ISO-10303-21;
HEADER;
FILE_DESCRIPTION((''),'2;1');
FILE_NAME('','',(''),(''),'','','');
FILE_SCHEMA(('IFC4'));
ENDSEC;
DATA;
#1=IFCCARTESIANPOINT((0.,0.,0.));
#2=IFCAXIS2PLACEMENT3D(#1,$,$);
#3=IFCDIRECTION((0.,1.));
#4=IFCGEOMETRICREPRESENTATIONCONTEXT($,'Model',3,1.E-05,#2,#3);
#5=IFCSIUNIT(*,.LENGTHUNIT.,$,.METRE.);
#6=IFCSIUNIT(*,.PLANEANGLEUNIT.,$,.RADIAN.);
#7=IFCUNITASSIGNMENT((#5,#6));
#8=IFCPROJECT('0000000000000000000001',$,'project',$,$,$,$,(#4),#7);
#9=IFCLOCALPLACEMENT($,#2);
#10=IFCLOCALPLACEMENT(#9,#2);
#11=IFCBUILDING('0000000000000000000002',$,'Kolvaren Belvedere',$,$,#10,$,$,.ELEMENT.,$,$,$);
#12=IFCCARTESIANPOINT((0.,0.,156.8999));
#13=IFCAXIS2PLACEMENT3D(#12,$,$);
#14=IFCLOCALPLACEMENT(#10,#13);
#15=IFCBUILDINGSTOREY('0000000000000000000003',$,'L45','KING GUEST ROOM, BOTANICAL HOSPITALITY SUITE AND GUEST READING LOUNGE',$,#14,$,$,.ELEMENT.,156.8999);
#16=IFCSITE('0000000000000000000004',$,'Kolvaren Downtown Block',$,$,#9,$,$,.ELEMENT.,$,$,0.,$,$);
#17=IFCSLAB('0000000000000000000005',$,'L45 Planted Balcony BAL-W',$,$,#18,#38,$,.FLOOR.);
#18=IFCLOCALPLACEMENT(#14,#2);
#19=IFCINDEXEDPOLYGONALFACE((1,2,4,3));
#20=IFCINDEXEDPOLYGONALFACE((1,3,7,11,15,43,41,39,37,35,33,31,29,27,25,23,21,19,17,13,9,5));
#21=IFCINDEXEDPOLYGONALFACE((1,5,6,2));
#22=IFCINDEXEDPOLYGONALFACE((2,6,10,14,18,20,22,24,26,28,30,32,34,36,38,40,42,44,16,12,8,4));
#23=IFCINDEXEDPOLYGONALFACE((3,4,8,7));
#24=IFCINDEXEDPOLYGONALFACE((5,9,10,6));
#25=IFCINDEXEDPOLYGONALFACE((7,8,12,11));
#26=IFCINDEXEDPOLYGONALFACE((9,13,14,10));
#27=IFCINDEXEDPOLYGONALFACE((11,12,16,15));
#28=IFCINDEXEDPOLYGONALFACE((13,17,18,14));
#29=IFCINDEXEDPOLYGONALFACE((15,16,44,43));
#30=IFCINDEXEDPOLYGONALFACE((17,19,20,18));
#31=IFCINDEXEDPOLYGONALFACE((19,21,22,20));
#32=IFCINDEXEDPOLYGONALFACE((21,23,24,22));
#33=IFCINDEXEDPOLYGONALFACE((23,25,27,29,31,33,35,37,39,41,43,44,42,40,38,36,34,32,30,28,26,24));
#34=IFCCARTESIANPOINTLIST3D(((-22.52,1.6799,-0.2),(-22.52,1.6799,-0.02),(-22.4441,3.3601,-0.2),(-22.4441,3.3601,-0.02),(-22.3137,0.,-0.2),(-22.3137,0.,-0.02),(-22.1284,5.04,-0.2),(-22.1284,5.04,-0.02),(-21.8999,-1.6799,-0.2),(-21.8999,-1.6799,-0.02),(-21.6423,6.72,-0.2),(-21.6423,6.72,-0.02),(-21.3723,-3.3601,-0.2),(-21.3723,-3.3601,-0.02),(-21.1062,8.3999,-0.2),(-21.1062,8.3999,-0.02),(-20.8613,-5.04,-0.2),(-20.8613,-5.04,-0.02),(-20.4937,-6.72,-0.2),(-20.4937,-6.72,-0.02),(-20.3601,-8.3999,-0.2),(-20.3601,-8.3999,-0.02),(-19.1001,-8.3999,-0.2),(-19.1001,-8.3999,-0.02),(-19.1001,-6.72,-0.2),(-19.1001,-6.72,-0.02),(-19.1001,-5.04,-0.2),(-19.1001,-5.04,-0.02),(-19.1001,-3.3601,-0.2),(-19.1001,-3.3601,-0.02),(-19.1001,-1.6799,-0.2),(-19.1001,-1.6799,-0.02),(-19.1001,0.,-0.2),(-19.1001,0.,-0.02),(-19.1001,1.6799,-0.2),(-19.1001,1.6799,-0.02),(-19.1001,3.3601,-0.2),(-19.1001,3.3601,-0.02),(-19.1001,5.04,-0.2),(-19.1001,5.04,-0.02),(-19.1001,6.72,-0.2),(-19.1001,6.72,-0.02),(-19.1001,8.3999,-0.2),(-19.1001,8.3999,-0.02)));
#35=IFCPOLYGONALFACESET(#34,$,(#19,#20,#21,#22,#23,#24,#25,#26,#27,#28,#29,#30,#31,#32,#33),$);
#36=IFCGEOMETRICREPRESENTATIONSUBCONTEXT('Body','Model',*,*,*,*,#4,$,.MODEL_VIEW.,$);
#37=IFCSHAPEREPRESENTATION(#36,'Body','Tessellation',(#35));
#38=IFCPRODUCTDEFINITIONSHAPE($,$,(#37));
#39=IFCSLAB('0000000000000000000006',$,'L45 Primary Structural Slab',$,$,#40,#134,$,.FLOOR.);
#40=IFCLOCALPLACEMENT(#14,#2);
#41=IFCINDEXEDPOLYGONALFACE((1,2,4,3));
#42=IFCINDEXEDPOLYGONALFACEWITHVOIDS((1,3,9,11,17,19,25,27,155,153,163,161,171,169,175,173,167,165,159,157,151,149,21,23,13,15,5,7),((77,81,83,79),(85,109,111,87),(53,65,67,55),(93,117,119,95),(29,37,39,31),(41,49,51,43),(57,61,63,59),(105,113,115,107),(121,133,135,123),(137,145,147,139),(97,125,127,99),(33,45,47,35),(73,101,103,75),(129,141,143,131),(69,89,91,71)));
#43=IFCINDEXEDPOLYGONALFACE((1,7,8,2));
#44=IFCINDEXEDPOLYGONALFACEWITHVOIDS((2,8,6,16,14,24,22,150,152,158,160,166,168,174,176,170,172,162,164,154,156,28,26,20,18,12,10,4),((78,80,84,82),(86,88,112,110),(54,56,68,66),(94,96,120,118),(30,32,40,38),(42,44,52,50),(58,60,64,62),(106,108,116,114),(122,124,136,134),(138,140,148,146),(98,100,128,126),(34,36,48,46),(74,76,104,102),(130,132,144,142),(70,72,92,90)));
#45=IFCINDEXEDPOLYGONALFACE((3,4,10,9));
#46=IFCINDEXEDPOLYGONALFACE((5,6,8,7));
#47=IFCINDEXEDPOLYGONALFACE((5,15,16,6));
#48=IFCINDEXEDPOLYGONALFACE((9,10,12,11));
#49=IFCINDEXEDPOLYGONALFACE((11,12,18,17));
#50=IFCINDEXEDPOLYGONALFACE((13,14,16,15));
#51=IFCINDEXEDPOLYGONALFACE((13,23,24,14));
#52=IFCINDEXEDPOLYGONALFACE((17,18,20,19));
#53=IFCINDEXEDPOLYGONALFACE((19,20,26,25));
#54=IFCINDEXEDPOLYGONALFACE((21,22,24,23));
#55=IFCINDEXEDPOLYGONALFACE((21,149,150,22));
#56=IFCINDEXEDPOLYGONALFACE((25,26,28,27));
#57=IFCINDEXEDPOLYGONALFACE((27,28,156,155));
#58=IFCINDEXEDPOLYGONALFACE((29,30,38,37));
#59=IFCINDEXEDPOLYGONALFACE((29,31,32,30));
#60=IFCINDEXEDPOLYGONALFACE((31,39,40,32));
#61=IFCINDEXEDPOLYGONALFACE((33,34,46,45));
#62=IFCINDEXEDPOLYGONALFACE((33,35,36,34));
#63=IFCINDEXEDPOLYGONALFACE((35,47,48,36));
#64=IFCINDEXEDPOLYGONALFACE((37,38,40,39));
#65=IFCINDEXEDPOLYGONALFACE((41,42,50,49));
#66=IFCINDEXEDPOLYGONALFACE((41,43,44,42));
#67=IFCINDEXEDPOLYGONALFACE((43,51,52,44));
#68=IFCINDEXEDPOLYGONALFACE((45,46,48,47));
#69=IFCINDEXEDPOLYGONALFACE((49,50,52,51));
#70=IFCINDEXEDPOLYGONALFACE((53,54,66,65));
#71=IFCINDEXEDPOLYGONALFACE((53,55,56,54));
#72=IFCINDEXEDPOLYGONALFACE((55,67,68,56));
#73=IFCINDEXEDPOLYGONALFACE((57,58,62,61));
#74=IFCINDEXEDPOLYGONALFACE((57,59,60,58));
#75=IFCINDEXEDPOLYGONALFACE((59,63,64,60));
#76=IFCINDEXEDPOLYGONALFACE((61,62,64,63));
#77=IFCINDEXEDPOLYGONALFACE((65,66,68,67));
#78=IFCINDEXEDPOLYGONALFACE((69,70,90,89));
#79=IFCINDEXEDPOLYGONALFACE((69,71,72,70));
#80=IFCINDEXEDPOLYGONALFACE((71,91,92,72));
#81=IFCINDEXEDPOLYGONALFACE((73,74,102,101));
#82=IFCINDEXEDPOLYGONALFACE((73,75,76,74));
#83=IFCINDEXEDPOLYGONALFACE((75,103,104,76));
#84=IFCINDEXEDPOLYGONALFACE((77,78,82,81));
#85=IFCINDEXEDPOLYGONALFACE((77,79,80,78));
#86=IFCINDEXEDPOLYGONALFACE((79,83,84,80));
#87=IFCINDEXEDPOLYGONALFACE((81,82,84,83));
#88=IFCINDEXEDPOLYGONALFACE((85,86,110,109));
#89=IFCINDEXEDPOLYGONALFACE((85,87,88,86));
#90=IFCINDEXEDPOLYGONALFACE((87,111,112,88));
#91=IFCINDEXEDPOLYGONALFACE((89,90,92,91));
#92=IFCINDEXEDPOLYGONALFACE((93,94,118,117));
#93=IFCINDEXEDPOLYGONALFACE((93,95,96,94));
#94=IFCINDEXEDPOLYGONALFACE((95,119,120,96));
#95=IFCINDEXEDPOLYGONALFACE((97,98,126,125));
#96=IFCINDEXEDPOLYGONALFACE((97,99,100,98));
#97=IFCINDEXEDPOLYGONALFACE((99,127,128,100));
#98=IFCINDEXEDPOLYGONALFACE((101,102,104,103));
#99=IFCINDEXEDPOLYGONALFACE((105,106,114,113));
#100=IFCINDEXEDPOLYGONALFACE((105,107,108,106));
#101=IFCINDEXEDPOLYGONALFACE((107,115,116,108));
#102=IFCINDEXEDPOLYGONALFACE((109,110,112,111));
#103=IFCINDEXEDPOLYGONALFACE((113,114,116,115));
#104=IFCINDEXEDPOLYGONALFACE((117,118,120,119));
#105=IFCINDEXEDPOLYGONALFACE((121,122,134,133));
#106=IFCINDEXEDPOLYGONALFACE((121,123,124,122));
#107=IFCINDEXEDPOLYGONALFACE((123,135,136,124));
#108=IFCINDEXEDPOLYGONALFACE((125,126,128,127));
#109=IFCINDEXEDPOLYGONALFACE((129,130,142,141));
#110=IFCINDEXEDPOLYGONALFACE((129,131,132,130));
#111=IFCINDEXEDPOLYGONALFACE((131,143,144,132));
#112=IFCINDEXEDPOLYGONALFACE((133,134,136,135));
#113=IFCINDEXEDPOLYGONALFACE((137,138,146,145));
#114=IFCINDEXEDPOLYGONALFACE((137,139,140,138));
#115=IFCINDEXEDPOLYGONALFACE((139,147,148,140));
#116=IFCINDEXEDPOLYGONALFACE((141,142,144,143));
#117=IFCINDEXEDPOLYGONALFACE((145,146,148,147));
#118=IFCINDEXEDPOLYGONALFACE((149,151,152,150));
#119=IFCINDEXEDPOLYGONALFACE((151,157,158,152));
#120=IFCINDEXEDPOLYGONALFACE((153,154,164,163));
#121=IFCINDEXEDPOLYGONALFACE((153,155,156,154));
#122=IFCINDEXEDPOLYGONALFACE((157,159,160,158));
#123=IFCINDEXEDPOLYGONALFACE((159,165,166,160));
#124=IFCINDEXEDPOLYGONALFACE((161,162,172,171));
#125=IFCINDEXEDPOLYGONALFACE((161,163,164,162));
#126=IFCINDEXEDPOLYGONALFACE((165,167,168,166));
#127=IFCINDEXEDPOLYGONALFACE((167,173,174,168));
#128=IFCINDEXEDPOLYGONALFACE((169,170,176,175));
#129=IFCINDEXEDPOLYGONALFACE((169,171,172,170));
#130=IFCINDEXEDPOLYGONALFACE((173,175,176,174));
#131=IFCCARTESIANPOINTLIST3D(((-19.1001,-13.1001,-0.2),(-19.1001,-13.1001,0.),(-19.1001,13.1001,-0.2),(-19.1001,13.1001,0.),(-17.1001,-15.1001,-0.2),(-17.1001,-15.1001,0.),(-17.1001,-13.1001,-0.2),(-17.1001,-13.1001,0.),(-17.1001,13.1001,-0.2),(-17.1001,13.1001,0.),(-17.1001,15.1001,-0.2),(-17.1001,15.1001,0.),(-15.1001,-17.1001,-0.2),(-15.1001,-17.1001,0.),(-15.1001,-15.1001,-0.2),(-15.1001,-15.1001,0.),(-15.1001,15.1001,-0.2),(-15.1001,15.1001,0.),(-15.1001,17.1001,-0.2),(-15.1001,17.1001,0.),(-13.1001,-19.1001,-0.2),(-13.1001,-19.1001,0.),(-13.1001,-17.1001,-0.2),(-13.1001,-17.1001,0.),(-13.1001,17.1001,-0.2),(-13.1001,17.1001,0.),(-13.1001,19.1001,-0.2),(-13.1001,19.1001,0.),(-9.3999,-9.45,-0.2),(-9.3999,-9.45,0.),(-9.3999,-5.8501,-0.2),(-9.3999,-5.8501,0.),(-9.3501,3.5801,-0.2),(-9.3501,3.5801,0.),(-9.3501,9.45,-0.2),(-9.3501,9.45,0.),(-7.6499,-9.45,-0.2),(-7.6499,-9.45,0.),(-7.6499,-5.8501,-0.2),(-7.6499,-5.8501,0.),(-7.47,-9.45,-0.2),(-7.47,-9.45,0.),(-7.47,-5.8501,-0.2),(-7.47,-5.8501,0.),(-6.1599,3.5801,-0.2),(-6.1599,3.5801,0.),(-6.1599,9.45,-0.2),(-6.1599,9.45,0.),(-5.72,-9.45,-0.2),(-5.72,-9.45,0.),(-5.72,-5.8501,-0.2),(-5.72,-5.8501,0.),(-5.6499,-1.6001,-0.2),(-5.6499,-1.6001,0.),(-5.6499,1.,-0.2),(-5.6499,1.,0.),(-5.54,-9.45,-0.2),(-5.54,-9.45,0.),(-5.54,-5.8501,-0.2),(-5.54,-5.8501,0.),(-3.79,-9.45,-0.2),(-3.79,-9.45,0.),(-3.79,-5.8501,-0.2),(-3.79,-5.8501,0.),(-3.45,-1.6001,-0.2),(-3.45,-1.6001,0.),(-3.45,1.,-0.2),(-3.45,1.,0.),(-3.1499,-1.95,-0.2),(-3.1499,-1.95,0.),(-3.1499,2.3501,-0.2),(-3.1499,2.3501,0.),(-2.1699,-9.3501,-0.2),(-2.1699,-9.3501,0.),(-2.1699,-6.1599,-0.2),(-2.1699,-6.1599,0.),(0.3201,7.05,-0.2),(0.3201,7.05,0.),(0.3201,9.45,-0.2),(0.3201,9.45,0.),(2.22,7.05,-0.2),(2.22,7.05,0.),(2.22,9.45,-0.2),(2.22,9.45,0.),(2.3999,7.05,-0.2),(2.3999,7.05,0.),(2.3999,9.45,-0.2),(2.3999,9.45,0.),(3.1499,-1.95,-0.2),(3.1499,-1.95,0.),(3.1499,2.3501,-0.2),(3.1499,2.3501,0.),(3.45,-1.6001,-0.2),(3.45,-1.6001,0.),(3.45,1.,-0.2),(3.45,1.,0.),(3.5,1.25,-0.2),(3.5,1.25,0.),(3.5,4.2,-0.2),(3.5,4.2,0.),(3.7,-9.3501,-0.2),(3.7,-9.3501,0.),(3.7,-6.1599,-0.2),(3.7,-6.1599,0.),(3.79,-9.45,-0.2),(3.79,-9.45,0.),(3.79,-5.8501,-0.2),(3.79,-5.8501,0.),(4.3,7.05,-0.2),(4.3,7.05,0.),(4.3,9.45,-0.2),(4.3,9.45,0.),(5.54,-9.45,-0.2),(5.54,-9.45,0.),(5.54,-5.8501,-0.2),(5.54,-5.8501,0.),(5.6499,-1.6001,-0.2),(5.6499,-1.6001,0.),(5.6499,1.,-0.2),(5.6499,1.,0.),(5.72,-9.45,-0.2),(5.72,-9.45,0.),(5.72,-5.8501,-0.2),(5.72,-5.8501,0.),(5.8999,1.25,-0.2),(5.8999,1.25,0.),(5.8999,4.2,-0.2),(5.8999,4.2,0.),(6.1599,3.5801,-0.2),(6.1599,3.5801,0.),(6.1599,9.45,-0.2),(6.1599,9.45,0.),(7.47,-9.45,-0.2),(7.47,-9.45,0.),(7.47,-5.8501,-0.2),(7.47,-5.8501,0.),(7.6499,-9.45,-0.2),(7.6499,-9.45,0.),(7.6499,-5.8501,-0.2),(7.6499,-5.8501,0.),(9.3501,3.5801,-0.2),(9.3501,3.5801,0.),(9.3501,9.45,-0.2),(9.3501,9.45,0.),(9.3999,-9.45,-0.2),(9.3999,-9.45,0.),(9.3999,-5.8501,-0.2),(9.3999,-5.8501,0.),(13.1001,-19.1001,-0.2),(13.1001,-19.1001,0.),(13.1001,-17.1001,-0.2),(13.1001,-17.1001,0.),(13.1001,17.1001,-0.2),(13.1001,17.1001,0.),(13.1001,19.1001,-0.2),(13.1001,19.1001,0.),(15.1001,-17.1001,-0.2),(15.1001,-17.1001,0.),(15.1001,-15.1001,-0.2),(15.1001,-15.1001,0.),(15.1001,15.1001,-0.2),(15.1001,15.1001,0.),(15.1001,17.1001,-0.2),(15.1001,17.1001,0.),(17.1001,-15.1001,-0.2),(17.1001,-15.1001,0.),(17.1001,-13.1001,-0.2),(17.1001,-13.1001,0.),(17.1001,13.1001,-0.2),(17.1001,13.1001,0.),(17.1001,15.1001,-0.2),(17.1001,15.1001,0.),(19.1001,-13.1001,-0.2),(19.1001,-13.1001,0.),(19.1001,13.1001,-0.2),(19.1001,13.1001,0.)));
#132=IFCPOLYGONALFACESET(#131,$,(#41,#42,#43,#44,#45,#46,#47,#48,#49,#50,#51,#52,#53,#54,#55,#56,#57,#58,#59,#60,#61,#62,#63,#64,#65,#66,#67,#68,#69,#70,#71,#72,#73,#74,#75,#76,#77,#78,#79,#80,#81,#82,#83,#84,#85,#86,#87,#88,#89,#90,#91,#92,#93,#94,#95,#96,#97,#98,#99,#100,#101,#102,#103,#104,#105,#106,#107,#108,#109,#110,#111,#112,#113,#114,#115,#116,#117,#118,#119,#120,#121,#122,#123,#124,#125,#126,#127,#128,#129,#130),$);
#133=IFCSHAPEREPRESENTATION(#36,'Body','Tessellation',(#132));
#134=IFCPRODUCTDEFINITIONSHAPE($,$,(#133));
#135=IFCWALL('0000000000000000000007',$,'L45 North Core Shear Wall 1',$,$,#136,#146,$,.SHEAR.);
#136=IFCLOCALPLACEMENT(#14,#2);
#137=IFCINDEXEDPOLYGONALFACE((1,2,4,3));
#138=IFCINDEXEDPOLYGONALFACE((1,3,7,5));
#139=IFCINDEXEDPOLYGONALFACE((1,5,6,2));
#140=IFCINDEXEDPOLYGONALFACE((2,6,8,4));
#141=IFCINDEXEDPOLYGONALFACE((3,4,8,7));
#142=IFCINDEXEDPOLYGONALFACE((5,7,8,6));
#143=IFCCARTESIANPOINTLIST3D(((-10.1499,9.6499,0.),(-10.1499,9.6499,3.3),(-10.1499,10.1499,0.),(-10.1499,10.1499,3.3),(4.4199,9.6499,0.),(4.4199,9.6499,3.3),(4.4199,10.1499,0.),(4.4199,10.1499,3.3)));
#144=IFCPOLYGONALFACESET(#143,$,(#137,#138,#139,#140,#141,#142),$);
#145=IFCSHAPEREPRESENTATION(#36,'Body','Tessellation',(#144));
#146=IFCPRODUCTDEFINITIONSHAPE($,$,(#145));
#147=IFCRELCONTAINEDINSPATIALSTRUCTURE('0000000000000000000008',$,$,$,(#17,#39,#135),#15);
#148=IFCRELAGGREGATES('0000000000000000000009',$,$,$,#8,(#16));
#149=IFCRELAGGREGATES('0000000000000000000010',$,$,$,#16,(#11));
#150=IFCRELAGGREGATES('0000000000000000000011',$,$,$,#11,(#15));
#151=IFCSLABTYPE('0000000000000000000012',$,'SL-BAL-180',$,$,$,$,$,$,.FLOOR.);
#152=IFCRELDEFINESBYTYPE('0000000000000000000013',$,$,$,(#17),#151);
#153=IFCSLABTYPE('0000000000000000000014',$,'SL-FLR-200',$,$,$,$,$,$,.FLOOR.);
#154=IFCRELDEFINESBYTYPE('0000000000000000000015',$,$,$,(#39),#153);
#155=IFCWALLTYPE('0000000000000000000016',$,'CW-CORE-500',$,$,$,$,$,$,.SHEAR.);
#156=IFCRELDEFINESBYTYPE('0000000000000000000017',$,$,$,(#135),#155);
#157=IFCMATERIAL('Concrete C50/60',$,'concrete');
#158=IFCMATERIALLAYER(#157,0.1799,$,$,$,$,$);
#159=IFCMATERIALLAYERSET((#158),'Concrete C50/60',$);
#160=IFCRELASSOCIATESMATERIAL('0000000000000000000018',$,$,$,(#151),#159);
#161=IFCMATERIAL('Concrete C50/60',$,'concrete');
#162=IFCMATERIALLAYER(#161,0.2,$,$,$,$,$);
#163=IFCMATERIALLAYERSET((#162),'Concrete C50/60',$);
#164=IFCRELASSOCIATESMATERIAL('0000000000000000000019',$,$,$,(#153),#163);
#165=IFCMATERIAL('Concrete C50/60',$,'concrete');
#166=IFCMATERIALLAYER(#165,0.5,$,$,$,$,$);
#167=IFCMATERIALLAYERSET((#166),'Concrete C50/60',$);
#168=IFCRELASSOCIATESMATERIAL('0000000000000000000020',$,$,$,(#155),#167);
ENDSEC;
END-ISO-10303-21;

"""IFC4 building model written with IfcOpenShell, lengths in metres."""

from ifc_helpers import new_model, si_unit, direction, frame, frame_2d, origin, place, context, subcontext, project, spatial, polyline, rectangle, outline, extrude, material, layer, layer_set, type_object, element, save


model = new_model("IFC4")

# Units and contexts
model_context = context("Model", 3, precision=1e-05, world=origin(), true_north=direction((0.0, 1.0)))
body_context = subcontext(model_context, "Body", "Model", "MODEL_VIEW")
ifc_project = project(units=[si_unit("LENGTHUNIT", "METRE"), si_unit("PLANEANGLEUNIT", "RADIAN")], contexts=[model_context])

# Site, building, storey
site_placement = place(None, origin())
site = spatial("IfcSite", under=ifc_project, at=site_placement, Name="Kolvaren Downtown Block", CompositionType="ELEMENT", RefElevation=0.0)
building_placement = place(site_placement, origin())
building = spatial("IfcBuilding", under=site, at=building_placement, Name="Kolvaren Belvedere", CompositionType="ELEMENT")
storey_placement = place(building_placement, frame((0.0, 0.0, 156.8999)))
storey = spatial("IfcBuildingStorey", under=building, at=storey_placement, Name="L45", Description="KING GUEST ROOM, BOTANICAL HOSPITALITY SUITE AND GUEST READING LOUNGE", CompositionType="ELEMENT", Elevation=156.8999)

# Slabs
ifc_material_1 = material(Name="Concrete C50/60", Category="concrete")
ifc_layer_1 = layer(ifc_material_1, 0.1799)
ifc_layer_set_1 = layer_set([ifc_layer_1], Name="Concrete C50/60")
slab_type_1 = type_object("IfcSlabType", Name="SL-BAL-180", PredefinedType="FLOOR", material=ifc_layer_set_1)
slab_1_placement = place(storey_placement, frame((0.0, 0.0, -0.2)))
element("IfcSlab", 1, at=slab_1_placement, inside=storey, type_object=slab_type_1, Name="L45 Planted Balcony BAL-W", PredefinedType="FLOOR", context=body_context, shape_type="SweptSolid", body=[
    extrude(outline(polyline([(-21.1062, 8.3999), (-21.6423, 6.72), (-22.1284, 5.04), (-22.4441, 3.3601), (-22.52, 1.6799), (-22.3137, 0.0), (-21.8999, -1.6799), (-21.3723, -3.3601), (-20.8613, -5.04), (-20.4937, -6.72), (-20.3601, -8.3999), (-19.1001, -8.3999), (-19.1001, -6.72), (-19.1001, -5.04), (-19.1001, -3.3601), (-19.1001, -1.6799), (-19.1001, 0.0), (-19.1001, 1.6799), (-19.1001, 3.3601), (-19.1001, 5.04), (-19.1001, 6.72), (-19.1001, 8.3999), (-21.1062, 8.3999)])), origin(), (0.0, 0.0, 1.0), 0.1799),
])
ifc_material_2 = material(Name="Concrete C50/60", Category="concrete")
ifc_layer_2 = layer(ifc_material_2, 0.2)
ifc_layer_set_2 = layer_set([ifc_layer_2], Name="Concrete C50/60")
slab_type_2 = type_object("IfcSlabType", Name="SL-FLR-200", PredefinedType="FLOOR", material=ifc_layer_set_2)
slab_2_placement = place(storey_placement, frame((0.0, 0.0, -0.2)))
element("IfcSlab", 2, at=slab_2_placement, inside=storey, type_object=slab_type_2, Name="L45 Primary Structural Slab", PredefinedType="FLOOR", context=body_context, shape_type="SweptSolid", body=[
    extrude(outline(polyline([(-13.1001, -19.1001), (13.1001, -19.1001), (13.1001, -17.1001), (15.1001, -17.1001), (15.1001, -15.1001), (17.1001, -15.1001), (17.1001, -13.1001), (19.1001, -13.1001), (19.1001, 13.1001), (17.1001, 13.1001), (17.1001, 15.1001), (15.1001, 15.1001), (15.1001, 17.1001), (13.1001, 17.1001), (13.1001, 19.1001), (-13.1001, 19.1001), (-13.1001, 17.1001), (-15.1001, 17.1001), (-15.1001, 15.1001), (-17.1001, 15.1001), (-17.1001, 13.1001), (-19.1001, 13.1001), (-19.1001, -13.1001), (-17.1001, -13.1001), (-17.1001, -15.1001), (-15.1001, -15.1001), (-15.1001, -17.1001), (-13.1001, -17.1001), (-13.1001, -19.1001)]), holes=[polyline([(-9.3501, 3.5801), (-6.1599, 3.5801), (-6.1599, 9.45), (-9.3501, 9.45), (-9.3501, 3.5801)]), polyline([(6.1599, 3.5801), (9.3501, 3.5801), (9.3501, 9.45), (6.1599, 9.45), (6.1599, 3.5801)]), polyline([(-2.1699, -9.3501), (3.7, -9.3501), (3.7, -6.1599), (-2.1699, -6.1599), (-2.1699, -9.3501)]), polyline([(-5.6499, -1.6001), (-3.45, -1.6001), (-3.45, 1.0), (-5.6499, 1.0), (-5.6499, -1.6001)]), polyline([(3.5, 1.25), (5.8999, 1.25), (5.8999, 4.2), (3.5, 4.2), (3.5, 1.25)]), polyline([(3.45, -1.6001), (5.6499, -1.6001), (5.6499, 1.0), (3.45, 1.0), (3.45, -1.6001)]), polyline([(-9.3999, -9.45), (-7.6499, -9.45), (-7.6499, -5.8501), (-9.3999, -5.8501), (-9.3999, -9.45)]), polyline([(-7.47, -9.45), (-5.72, -9.45), (-5.72, -5.8501), (-7.47, -5.8501), (-7.47, -9.45)]), polyline([(-5.54, -9.45), (-3.79, -9.45), (-3.79, -5.8501), (-5.54, -5.8501), (-5.54, -9.45)]), polyline([(3.79, -9.45), (5.54, -9.45), (5.54, -5.8501), (3.79, -5.8501), (3.79, -9.45)]), polyline([(5.72, -9.45), (7.47, -9.45), (7.47, -5.8501), (5.72, -5.8501), (5.72, -9.45)]), polyline([(7.6499, -9.45), (9.3999, -9.45), (9.3999, -5.8501), (7.6499, -5.8501), (7.6499, -9.45)]), polyline([(0.3201, 7.05), (2.22, 7.05), (2.22, 9.45), (0.3201, 9.45), (0.3201, 7.05)]), polyline([(2.3999, 7.05), (4.3, 7.05), (4.3, 9.45), (2.3999, 9.45), (2.3999, 7.05)]), polyline([(-3.1499, -1.95), (3.1499, -1.95), (3.1499, 2.3501), (-3.1499, 2.3501), (-3.1499, -1.95)])]), origin(), (0.0, 0.0, 1.0), 0.2),
])

# Wall
ifc_material_3 = material(Name="Concrete C50/60", Category="concrete")
ifc_layer_3 = layer(ifc_material_3, 0.5)
ifc_layer_set_3 = layer_set([ifc_layer_3], Name="Concrete C50/60")
wall_type_1 = type_object("IfcWallType", Name="CW-CORE-500", PredefinedType="SHEAR", material=ifc_layer_set_3)
wall_1_placement = place(storey_placement, frame((-10.1499, 9.8999, 0.0), z_axis=(0.0, 0.0, 1.0), x_axis=(1.0, 0.0, 0.0)))
element("IfcWall", 3, at=wall_1_placement, inside=storey, type_object=wall_type_1, Name="L45 North Core Shear Wall 1", PredefinedType="SHEAR", context=body_context, shape_type="SweptSolid", body=[
    extrude(rectangle(XDim=14.5698, YDim=0.5, at=frame_2d((7.2849, 0.0))), origin(), (0.0, 0.0, 1.0), 3.3),
])

save(model, "model.ifc")
